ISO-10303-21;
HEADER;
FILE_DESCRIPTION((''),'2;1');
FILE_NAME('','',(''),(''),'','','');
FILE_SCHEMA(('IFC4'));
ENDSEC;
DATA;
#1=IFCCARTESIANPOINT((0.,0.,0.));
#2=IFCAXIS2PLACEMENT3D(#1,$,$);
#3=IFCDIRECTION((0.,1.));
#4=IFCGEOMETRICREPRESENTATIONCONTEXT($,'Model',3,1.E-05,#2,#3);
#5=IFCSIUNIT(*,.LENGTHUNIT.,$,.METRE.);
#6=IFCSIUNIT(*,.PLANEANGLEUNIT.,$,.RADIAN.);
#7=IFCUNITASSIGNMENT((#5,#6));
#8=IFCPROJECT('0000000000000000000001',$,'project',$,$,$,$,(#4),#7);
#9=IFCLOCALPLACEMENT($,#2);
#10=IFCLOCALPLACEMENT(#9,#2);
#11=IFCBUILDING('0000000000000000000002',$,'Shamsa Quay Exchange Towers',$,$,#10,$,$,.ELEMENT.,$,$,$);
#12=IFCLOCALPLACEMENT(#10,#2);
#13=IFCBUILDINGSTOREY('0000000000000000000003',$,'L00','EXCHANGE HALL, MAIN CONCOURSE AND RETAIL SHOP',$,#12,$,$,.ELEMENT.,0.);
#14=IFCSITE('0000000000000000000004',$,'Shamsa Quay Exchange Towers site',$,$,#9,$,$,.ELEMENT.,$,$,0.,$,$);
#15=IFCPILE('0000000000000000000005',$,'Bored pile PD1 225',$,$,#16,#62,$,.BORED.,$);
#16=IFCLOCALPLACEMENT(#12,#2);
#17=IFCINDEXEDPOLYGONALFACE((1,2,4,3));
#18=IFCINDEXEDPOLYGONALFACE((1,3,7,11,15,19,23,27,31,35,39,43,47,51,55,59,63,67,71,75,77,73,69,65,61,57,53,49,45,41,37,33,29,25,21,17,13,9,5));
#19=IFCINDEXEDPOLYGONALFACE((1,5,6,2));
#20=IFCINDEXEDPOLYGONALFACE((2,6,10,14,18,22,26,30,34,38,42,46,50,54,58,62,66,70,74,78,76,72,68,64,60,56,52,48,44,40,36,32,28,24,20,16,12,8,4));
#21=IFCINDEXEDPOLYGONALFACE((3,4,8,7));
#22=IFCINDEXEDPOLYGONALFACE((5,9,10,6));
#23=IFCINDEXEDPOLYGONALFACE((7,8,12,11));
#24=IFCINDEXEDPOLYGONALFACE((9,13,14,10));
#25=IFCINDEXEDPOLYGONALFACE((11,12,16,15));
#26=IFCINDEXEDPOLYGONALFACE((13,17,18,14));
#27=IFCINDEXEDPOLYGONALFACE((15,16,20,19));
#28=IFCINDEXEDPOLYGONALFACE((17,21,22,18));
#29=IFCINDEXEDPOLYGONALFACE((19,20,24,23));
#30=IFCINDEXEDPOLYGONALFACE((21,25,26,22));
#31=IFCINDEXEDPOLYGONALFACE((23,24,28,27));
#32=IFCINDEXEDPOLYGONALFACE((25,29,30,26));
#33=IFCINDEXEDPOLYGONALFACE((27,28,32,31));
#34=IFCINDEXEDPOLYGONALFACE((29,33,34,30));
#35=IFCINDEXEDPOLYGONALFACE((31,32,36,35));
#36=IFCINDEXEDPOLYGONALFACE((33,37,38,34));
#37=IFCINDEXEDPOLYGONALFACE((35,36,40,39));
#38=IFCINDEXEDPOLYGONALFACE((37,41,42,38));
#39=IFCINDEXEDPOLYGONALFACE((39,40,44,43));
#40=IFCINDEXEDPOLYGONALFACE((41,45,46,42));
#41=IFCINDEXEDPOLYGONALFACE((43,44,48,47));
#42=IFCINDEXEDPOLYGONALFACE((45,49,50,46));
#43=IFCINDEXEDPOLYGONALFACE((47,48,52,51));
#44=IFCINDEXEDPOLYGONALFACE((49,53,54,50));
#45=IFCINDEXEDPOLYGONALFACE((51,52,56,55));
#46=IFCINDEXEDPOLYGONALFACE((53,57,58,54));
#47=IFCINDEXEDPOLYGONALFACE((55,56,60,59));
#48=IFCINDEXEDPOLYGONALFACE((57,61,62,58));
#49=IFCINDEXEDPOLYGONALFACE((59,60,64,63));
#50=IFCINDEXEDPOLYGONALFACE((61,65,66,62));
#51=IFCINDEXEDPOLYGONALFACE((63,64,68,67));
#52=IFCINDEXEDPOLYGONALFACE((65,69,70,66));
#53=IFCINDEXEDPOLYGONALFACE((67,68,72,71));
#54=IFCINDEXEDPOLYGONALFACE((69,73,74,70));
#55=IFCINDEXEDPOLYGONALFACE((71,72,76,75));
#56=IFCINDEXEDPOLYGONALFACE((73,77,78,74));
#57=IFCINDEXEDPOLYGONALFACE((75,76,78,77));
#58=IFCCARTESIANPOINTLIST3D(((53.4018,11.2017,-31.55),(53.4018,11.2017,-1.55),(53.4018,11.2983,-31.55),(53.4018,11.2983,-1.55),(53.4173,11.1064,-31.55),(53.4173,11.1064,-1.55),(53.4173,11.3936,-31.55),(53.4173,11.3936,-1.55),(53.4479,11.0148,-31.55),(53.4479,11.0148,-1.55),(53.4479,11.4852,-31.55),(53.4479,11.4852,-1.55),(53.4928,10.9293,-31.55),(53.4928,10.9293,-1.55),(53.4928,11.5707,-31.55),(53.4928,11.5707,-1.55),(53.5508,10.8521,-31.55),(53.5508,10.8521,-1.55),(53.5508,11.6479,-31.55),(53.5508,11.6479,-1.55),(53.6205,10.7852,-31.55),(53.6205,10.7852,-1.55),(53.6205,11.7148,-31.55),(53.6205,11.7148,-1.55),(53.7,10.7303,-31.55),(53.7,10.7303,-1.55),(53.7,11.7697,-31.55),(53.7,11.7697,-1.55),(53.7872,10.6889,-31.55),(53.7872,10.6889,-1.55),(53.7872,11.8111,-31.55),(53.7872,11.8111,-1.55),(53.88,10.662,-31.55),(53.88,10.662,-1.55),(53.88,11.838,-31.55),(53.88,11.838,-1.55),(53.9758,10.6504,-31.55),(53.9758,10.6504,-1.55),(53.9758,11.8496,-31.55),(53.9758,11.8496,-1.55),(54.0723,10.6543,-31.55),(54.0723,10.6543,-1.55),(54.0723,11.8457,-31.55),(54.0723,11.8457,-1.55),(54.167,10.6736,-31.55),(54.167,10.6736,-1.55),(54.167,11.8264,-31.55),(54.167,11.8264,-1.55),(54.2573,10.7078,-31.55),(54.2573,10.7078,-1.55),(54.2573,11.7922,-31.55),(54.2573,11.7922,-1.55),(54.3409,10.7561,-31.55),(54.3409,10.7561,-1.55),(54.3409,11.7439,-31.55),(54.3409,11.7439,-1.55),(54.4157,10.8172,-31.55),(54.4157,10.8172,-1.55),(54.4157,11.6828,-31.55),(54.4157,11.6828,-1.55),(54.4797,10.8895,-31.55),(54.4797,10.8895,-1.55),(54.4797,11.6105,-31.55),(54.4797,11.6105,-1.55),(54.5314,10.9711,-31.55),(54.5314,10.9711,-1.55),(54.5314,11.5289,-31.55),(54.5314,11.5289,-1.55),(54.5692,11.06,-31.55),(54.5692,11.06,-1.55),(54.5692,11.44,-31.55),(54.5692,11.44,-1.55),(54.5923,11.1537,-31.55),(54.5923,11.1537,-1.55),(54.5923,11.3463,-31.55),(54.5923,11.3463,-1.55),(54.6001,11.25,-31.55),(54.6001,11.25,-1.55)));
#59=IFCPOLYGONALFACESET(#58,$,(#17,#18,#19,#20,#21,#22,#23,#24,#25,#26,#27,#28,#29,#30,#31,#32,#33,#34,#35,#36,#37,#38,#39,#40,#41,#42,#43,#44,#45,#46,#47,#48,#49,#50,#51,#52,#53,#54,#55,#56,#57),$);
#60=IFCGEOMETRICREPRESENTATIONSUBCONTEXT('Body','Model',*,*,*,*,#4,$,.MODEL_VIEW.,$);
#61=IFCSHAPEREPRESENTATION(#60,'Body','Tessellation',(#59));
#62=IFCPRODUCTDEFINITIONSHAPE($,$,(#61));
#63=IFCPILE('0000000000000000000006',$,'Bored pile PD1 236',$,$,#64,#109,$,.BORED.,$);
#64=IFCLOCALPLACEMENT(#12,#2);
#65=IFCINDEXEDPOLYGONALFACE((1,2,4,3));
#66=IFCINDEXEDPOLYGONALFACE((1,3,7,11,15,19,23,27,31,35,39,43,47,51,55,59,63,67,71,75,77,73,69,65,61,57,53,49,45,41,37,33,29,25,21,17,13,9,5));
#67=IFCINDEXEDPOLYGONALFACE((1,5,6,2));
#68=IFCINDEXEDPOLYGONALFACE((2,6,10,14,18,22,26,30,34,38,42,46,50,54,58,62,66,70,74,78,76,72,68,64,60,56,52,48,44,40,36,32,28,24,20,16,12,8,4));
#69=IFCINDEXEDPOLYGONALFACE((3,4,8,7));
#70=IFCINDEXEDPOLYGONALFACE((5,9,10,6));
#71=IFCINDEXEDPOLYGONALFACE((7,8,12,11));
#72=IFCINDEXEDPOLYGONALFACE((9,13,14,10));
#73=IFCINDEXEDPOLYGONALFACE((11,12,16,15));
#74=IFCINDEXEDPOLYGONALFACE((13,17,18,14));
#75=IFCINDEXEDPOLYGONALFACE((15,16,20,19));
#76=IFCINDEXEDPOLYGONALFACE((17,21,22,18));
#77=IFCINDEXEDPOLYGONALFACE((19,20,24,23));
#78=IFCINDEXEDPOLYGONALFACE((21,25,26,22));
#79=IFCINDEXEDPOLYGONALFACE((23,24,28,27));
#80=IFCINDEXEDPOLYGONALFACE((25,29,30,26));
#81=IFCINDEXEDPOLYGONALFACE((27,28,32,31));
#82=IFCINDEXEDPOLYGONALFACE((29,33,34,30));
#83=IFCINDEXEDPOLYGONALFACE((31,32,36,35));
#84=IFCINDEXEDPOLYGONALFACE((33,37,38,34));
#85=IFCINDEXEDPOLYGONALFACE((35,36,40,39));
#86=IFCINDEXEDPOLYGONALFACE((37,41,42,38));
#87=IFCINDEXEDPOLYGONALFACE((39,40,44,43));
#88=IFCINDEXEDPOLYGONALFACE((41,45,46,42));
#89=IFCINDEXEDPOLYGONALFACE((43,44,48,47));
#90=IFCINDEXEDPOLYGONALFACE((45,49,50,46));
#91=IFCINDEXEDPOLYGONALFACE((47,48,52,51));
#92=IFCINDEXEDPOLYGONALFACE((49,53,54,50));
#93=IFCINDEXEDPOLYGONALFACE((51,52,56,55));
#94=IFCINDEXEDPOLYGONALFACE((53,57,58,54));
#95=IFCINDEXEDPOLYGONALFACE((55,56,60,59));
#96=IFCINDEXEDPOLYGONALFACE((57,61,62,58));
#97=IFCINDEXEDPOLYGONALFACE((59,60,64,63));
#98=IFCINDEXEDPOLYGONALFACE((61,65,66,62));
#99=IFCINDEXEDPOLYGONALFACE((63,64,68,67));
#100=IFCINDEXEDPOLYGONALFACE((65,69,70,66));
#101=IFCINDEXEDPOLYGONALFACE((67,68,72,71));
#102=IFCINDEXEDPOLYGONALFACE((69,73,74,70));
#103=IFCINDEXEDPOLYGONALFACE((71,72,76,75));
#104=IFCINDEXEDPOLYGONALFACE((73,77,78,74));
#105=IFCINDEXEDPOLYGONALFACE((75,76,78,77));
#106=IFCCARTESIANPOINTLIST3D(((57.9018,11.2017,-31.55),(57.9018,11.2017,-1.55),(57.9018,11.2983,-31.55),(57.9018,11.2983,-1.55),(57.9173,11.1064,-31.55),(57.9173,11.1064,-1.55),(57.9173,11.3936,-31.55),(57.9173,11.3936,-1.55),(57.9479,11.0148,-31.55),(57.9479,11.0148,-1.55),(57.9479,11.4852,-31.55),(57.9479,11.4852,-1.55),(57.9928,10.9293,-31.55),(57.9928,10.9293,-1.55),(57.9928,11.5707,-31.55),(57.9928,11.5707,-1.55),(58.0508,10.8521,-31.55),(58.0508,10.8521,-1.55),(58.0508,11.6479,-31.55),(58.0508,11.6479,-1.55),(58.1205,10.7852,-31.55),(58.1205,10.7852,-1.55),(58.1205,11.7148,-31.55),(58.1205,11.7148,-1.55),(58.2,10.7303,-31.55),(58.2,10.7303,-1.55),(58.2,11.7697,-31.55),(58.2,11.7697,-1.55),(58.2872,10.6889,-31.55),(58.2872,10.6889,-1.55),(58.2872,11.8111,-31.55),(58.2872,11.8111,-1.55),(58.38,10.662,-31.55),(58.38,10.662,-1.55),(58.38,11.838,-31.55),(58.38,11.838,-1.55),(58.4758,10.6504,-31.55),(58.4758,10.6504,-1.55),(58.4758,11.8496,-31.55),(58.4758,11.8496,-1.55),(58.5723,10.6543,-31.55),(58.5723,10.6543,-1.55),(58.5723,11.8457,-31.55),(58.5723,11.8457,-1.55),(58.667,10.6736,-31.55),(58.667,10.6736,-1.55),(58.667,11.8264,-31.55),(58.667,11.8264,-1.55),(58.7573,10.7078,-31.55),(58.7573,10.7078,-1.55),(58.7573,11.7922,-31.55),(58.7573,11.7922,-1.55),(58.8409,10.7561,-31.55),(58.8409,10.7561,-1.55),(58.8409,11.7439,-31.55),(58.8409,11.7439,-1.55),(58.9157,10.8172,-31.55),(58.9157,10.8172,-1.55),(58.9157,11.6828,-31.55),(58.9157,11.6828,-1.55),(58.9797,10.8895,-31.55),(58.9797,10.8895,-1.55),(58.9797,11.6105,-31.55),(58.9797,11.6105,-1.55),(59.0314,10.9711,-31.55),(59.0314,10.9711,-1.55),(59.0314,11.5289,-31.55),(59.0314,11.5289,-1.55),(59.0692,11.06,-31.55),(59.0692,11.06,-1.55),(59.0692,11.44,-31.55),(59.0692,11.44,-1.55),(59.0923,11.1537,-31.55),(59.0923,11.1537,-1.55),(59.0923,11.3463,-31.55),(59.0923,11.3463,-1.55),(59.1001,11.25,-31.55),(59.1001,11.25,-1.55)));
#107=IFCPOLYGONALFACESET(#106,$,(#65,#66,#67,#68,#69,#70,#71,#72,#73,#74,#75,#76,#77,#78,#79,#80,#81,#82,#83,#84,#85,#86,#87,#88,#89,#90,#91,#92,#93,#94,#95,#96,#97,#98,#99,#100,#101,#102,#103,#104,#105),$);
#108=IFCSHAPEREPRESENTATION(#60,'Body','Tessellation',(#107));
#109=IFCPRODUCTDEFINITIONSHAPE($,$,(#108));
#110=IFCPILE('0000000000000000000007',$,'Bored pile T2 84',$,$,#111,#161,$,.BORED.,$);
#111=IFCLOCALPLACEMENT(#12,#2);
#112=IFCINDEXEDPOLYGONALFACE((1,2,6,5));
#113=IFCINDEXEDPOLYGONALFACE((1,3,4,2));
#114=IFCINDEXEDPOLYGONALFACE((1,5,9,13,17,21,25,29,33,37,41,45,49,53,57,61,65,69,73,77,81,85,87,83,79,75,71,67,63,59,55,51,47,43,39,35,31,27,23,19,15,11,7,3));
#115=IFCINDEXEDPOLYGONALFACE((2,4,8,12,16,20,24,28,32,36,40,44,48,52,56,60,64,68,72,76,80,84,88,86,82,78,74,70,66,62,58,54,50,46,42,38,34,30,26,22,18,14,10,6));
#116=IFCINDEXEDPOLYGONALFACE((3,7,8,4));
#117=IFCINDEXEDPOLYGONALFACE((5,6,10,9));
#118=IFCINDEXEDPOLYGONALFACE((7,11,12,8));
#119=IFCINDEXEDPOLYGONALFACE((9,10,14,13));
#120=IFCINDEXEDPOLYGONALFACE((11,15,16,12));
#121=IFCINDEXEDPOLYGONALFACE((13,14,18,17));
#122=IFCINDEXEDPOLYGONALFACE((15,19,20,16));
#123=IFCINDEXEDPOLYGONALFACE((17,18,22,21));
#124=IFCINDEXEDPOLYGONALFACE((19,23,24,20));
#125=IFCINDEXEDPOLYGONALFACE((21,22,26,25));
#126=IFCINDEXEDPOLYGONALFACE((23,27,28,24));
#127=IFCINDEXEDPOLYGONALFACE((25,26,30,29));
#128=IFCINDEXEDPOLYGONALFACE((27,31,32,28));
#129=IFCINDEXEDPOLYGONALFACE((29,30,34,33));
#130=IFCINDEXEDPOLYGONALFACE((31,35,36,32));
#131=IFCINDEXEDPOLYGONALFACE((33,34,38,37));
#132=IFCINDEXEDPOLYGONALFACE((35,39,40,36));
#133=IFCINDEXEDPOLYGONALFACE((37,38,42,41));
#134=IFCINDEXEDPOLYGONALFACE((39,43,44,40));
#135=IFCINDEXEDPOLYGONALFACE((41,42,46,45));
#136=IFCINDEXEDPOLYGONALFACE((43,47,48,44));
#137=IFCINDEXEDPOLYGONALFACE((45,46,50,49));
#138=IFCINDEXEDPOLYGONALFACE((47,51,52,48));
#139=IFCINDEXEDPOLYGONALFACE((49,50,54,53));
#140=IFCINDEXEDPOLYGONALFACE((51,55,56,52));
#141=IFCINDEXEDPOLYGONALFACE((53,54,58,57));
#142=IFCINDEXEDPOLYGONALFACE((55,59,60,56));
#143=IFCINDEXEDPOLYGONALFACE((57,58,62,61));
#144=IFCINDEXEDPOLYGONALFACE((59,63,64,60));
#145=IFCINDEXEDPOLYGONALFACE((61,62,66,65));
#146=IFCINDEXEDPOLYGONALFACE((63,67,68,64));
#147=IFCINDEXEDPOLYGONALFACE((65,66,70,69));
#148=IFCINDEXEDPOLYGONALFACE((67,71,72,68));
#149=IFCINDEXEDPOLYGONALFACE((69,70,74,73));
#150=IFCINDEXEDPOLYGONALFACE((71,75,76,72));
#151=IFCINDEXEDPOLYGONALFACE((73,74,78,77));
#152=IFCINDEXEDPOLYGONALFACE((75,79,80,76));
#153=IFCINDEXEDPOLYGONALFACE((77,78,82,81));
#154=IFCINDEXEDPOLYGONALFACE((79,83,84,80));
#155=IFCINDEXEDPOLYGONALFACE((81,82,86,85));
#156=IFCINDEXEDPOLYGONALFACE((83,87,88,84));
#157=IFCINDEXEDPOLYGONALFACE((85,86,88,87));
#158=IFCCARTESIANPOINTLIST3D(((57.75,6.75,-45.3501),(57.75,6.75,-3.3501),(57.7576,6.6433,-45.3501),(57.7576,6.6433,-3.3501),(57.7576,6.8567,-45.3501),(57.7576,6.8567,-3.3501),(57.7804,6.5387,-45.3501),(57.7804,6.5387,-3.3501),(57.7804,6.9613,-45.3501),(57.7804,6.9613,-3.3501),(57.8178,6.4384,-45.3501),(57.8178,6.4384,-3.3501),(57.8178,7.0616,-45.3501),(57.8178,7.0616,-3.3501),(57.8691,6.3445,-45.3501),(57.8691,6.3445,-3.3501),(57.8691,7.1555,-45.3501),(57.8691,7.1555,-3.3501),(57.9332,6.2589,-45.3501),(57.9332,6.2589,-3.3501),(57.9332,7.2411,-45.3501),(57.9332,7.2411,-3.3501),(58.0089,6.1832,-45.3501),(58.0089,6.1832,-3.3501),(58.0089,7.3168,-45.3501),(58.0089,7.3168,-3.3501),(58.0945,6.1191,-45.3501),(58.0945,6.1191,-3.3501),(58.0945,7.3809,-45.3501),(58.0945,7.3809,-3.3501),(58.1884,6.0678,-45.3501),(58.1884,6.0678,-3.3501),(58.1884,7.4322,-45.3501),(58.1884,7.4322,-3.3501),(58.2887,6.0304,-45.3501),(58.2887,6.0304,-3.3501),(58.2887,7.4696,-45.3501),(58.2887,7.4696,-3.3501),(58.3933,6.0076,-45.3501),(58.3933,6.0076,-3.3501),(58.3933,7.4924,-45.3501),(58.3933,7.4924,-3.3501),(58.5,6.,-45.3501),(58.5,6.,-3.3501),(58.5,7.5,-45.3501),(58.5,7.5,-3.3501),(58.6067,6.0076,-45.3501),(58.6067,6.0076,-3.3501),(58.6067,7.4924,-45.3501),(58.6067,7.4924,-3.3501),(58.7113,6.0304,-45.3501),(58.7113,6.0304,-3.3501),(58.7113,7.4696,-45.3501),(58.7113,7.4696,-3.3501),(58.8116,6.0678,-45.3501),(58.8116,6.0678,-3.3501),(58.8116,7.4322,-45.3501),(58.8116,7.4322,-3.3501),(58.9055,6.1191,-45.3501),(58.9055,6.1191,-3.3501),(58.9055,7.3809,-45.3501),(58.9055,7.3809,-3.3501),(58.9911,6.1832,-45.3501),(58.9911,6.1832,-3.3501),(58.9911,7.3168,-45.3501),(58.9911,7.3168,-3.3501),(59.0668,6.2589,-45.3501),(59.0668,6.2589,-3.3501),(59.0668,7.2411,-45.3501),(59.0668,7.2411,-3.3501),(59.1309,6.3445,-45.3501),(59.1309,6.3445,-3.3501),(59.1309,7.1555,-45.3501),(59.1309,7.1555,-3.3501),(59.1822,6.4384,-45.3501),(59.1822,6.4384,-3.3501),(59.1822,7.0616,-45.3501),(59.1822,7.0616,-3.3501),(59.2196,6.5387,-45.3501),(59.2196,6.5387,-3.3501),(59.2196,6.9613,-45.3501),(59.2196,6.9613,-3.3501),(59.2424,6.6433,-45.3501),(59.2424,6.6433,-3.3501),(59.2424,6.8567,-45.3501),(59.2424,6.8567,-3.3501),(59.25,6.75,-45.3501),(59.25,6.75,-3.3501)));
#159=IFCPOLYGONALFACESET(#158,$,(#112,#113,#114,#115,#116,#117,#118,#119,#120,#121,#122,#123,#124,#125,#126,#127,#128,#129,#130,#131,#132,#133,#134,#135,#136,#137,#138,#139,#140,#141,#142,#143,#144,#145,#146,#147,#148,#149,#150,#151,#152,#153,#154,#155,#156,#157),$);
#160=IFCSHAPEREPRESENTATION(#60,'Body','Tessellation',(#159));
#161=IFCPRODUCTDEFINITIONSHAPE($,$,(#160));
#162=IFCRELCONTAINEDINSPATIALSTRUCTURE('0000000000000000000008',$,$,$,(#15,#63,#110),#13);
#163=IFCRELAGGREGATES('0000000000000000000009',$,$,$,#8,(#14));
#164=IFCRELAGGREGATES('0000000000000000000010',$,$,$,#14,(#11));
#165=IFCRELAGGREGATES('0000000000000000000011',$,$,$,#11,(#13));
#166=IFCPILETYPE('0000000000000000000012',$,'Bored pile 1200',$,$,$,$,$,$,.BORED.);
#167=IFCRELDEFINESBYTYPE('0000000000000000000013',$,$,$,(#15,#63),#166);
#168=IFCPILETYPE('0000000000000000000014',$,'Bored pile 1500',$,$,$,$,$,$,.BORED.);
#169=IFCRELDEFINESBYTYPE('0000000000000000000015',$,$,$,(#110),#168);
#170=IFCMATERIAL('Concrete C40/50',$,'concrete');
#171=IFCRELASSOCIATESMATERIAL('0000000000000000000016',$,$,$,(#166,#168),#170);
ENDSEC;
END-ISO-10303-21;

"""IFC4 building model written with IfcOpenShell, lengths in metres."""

from ifc_helpers import new_model, si_unit, direction, frame, origin, origin_2d, place, context, subcontext, project, spatial, circle, extrude, material, material_profile, profile_set, type_object, element, save


model = new_model("IFC4")

# Units and contexts
model_context = context("Model", 3, precision=1e-05, world=origin(), true_north=direction((0.0, 1.0)))
body_context = subcontext(model_context, "Body", "Model", "MODEL_VIEW")
ifc_project = project(units=[si_unit("LENGTHUNIT", "METRE"), si_unit("PLANEANGLEUNIT", "RADIAN")], contexts=[model_context])

# Site, building, storey
site_placement = place(None, origin())
site = spatial("IfcSite", under=ifc_project, at=site_placement, Name="Shamsa Quay Exchange Towers site", CompositionType="ELEMENT", RefElevation=0.0)
building_placement = place(site_placement, origin())
building = spatial("IfcBuilding", under=site, at=building_placement, Name="Shamsa Quay Exchange Towers", CompositionType="ELEMENT")
storey_placement = place(building_placement, origin())
storey = spatial("IfcBuildingStorey", under=building, at=storey_placement, Name="L00", Description="EXCHANGE HALL, MAIN CONCOURSE AND RETAIL SHOP", CompositionType="ELEMENT", Elevation=0.0)

# Piles
ifc_material_1 = material(Name="Concrete C40/50", Category="concrete")
ifc_material_profile_1 = material_profile(ifc_material_1, circle(Radius=0.6001, at=origin_2d()), Name="BP1200")
ifc_profile_set_1 = profile_set([ifc_material_profile_1], Name="Concrete C40/50")
pile_type_1 = type_object("IfcPileType", Name="Bored pile 1200", PredefinedType="BORED", material=ifc_profile_set_1)
for number, where, z_axis, x_axis, name in (
    (1, (54.0, 11.25, -1.55), (0.0, 0.0, -1.0), (1.0, 0.0, 0.0), "Bored pile PD1 225"),
    (2, (58.5, 11.25, -1.55), (0.0, 0.0, -1.0), (1.0, 0.0, 0.0), "Bored pile PD1 236"),
):
    element("IfcPile", number, at=place(storey_placement, frame(where, z_axis=z_axis, x_axis=x_axis)), inside=storey, type_object=pile_type_1, Name=name, PredefinedType="BORED", context=body_context, shape_type="SweptSolid", body=[
        extrude(circle(Radius=0.6001, at=origin_2d()), origin(), (0.0, 0.0, 1.0), 30.0),
    ])
ifc_material_profile_2 = material_profile(ifc_material_1, circle(Radius=0.75, at=origin_2d()), Name="BP1500")
ifc_profile_set_2 = profile_set([ifc_material_profile_2], Name="Concrete C40/50")
pile_type_2 = type_object("IfcPileType", Name="Bored pile 1500", PredefinedType="BORED", material=ifc_profile_set_2)
for number, where, z_axis, x_axis, name in (
    (3, (58.5, 6.75, -3.3501), (0.0, 0.0, -1.0), (1.0, 0.0, 0.0), "Bored pile T2 84"),
):
    element("IfcPile", number, at=place(storey_placement, frame(where, z_axis=z_axis, x_axis=x_axis)), inside=storey, type_object=pile_type_2, Name=name, PredefinedType="BORED", context=body_context, shape_type="SweptSolid", body=[
        extrude(circle(Radius=0.75, at=origin_2d()), origin(), (0.0, 0.0, 1.0), 42.0),
    ])

save(model, "model.ifc")
